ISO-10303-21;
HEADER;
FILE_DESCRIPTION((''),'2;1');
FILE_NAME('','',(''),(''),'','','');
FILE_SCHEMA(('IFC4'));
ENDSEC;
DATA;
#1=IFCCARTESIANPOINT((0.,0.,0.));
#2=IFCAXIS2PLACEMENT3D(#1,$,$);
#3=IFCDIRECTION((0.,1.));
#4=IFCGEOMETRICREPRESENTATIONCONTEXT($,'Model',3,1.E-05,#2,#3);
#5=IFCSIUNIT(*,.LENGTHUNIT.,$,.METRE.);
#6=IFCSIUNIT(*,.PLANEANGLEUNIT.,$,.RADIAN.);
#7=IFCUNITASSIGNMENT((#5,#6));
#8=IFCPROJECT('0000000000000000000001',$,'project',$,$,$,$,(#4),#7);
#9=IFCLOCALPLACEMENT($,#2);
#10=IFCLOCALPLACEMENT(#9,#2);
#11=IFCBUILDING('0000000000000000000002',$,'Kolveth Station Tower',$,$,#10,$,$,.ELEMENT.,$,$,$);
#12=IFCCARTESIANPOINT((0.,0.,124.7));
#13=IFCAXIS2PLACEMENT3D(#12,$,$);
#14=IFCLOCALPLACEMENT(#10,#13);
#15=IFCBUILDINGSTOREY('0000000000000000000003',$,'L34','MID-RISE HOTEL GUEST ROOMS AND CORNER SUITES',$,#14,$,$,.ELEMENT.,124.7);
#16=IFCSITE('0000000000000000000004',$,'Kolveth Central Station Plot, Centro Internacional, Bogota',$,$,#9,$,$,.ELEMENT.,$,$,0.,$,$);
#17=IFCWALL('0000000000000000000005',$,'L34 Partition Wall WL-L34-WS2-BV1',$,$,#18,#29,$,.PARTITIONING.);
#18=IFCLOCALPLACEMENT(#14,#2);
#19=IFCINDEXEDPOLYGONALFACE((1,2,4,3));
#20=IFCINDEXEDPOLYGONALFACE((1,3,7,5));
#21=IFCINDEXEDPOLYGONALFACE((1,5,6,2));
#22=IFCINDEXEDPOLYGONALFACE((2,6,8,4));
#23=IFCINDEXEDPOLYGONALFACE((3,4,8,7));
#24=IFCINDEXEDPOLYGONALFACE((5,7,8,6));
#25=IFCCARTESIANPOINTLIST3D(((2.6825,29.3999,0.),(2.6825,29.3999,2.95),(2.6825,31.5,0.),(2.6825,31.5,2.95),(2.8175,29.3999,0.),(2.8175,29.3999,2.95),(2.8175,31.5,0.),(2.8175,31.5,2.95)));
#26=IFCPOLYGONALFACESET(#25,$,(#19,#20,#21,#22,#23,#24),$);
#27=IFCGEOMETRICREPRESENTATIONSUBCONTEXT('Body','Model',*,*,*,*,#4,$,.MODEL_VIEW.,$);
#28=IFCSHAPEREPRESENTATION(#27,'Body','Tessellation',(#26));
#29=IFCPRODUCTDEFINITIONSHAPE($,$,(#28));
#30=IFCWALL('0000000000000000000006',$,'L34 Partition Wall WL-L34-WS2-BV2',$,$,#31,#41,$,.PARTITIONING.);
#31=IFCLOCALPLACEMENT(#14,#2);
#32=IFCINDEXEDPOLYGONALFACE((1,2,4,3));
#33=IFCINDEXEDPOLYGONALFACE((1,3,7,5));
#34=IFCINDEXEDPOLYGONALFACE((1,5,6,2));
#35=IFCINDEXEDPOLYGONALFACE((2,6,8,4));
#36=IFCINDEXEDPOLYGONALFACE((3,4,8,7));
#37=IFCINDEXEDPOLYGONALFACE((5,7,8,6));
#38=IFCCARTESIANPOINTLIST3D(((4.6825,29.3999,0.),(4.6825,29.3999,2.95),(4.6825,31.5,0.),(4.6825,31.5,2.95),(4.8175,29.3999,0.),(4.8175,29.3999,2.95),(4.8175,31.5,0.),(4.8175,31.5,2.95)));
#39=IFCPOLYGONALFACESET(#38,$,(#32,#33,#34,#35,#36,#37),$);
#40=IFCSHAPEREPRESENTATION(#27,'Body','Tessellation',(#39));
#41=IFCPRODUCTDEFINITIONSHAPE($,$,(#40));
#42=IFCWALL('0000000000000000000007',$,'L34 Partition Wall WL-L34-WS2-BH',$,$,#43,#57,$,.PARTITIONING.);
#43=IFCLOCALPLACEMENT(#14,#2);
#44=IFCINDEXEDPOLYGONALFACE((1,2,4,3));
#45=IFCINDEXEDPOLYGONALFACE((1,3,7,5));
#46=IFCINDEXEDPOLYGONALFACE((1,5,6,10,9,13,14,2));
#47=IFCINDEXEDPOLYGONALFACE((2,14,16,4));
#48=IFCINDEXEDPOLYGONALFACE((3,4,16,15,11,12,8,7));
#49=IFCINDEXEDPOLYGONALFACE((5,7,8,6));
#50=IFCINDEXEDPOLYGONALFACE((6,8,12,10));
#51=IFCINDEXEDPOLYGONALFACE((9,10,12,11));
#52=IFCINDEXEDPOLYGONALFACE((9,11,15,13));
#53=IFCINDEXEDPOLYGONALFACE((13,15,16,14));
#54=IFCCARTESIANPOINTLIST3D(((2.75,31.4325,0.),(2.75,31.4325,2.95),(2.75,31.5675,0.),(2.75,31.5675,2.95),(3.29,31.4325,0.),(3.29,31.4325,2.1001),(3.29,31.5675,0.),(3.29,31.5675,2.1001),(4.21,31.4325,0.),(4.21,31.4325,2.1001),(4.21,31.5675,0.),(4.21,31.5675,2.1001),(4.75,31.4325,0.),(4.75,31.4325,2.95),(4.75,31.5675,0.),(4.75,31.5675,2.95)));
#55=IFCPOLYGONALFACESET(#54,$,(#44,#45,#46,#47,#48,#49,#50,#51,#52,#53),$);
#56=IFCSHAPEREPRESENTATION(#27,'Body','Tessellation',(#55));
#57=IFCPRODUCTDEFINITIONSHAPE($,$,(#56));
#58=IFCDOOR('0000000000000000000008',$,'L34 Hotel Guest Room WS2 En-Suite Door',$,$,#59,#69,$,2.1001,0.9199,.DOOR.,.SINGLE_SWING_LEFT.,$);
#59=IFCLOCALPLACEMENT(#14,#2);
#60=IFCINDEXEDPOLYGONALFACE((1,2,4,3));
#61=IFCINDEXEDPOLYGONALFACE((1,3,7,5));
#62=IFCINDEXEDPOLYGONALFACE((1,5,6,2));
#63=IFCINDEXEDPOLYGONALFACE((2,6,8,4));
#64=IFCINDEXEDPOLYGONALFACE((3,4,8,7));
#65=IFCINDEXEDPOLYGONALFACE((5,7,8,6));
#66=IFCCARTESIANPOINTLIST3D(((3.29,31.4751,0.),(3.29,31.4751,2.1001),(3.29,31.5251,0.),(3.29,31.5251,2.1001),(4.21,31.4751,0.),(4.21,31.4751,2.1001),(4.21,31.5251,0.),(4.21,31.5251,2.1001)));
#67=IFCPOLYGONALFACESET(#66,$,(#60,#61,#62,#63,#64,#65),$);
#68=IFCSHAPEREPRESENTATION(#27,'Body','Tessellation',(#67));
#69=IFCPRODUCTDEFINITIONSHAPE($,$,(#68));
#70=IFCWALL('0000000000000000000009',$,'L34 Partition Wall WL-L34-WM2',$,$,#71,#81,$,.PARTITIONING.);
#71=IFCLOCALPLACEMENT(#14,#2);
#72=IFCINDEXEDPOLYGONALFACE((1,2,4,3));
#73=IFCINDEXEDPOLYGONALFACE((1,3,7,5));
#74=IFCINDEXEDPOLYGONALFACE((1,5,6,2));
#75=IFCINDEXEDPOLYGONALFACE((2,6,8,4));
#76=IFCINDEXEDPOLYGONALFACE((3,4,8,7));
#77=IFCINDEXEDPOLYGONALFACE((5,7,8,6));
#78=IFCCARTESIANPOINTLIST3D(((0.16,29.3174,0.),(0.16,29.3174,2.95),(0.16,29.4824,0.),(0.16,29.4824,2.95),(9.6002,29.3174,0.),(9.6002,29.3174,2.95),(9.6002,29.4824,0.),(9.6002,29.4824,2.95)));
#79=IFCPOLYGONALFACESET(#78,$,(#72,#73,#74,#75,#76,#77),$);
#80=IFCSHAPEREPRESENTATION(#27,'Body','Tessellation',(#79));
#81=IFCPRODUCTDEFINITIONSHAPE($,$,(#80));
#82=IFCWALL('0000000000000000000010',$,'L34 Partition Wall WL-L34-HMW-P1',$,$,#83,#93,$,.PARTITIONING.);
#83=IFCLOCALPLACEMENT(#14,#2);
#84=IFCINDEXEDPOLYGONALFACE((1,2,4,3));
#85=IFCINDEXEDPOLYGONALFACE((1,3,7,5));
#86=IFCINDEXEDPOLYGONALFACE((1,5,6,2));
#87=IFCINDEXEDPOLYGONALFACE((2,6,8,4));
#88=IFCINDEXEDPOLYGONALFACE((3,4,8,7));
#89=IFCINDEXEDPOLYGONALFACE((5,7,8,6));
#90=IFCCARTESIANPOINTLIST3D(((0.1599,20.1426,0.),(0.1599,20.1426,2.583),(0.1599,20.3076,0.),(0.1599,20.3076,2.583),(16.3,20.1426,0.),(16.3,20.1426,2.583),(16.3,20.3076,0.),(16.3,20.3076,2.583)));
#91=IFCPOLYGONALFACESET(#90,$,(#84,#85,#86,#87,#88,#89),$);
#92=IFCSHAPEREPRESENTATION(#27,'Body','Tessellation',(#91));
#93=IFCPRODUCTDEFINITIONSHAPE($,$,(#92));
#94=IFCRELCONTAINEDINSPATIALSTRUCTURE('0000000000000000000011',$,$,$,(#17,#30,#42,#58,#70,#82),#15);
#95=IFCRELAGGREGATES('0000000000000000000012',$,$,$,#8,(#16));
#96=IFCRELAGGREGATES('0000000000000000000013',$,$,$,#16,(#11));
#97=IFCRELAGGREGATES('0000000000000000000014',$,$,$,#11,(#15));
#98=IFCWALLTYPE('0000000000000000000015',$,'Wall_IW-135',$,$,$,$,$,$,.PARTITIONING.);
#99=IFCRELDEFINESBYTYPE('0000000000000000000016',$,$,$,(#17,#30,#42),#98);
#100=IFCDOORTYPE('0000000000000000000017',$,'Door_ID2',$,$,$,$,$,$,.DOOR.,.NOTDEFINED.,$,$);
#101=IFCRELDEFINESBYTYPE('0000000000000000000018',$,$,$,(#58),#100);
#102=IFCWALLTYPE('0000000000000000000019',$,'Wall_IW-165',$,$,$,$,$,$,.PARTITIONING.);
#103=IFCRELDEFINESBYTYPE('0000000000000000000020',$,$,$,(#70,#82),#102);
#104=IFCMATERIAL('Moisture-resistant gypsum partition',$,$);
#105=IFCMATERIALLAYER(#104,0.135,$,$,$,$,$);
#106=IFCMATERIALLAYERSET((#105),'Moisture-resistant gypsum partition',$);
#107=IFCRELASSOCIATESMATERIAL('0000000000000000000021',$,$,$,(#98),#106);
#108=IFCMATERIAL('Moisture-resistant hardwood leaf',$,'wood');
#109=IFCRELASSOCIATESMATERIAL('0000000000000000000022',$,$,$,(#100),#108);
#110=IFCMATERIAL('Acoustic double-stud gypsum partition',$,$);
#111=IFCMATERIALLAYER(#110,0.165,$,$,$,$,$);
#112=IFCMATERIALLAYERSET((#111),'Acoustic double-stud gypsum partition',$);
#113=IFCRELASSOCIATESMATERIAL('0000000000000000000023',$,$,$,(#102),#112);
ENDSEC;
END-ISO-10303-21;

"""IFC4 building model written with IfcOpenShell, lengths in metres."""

from ifc_helpers import new_model, si_unit, direction, frame, frame_2d, origin, place, context, subcontext, project, spatial, rectangle, extrude, material, layer, layer_set, type_object, element, fill, save


model = new_model("IFC4")

# Units and contexts
model_context = context("Model", 3, precision=1e-05, world=origin(), true_north=direction((0.0, 1.0)))
body_context = subcontext(model_context, "Body", "Model", "MODEL_VIEW")
ifc_project = project(units=[si_unit("LENGTHUNIT", "METRE"), si_unit("PLANEANGLEUNIT", "RADIAN")], contexts=[model_context])

# Site, building, storey
site_placement = place(None, origin())
site = spatial("IfcSite", under=ifc_project, at=site_placement, Name="Kolveth Central Station Plot, Centro Internacional, Bogota", CompositionType="ELEMENT", RefElevation=0.0)
building_placement = place(site_placement, origin())
building = spatial("IfcBuilding", under=site, at=building_placement, Name="Kolveth Station Tower", CompositionType="ELEMENT")
storey_placement = place(building_placement, frame((0.0, 0.0, 124.7)))
storey = spatial("IfcBuildingStorey", under=building, at=storey_placement, Name="L34", Description="MID-RISE HOTEL GUEST ROOMS AND CORNER SUITES", CompositionType="ELEMENT", Elevation=124.7)

# Walls
ifc_material_1 = material(Name="Moisture-resistant gypsum partition")
ifc_layer_1 = layer(ifc_material_1, 0.135)
ifc_layer_set_1 = layer_set([ifc_layer_1], Name="Moisture-resistant gypsum partition")
wall_type_1 = type_object("IfcWallType", Name="Wall_IW-135", PredefinedType="PARTITIONING", material=ifc_layer_set_1)
for number, where, z_axis, x_axis, name in (
    (1, (2.75, 29.3999, 0.0), (0.0, 0.0, 1.0), (0.0, 1.0, 0.0), "L34 Partition Wall WL-L34-WS2-BV1"),
    (2, (4.75, 29.3999, 0.0), (0.0, 0.0, 1.0), (0.0, 1.0, 0.0), "L34 Partition Wall WL-L34-WS2-BV2"),
):
    element("IfcWall", number, at=place(storey_placement, frame(where, z_axis=z_axis, x_axis=x_axis)), inside=storey, type_object=wall_type_1, Name=name, PredefinedType="PARTITIONING", context=body_context, shape_type="SweptSolid", body=[
        extrude(rectangle(XDim=2.1001, YDim=0.135, at=frame_2d((1.05, 0.0))), origin(), (0.0, 0.0, 1.0), 2.95),
    ])

# Wall, opening, door
wall_1_placement = place(storey_placement, frame((2.75, 31.5, 0.0), z_axis=(0.0, 0.0, 1.0), x_axis=(1.0, 0.0, 0.0)))
wall_1 = element("IfcWall", 3, at=wall_1_placement, inside=storey, type_object=wall_type_1, Name="L34 Partition Wall WL-L34-WS2-BH", PredefinedType="PARTITIONING", context=body_context, shape_type="SweptSolid", body=[
    extrude(rectangle(XDim=2.0, YDim=0.135, at=frame_2d((1.0, 0.0))), origin(), (0.0, 0.0, 1.0), 2.95),
])
opening_placement = place(wall_1_placement, frame((0.54, 0.0, 0.0)))
opening = element("IfcOpeningElement", 4, at=opening_placement, cuts=wall_1, PredefinedType="OPENING", context=body_context, shape_type="SweptSolid", body=[
    extrude(rectangle(XDim=0.9199, YDim=2.1001, at=frame_2d((0.46, 1.05))), frame((0.0, 0.0774, 0.0), z_axis=(0.0, -1.0, 0.0), x_axis=(1.0, 0.0, 0.0)), (0.0, 0.0, 1.0), 0.155),
])
ifc_material_2 = material(Name="Moisture-resistant hardwood leaf", Category="wood")
door_type = type_object("IfcDoorType", Name="Door_ID2", OperationType="NOTDEFINED", PredefinedType="DOOR", material=ifc_material_2)
door_placement = place(opening_placement, frame((0.9199, 0.0, 0.0), z_axis=(0.0, 0.0, 1.0), x_axis=(-1.0, 0.0, 0.0)))
door = element("IfcDoor", 5, at=door_placement, inside=storey, type_object=door_type, Name="L34 Hotel Guest Room WS2 En-Suite Door", OperationType="SINGLE_SWING_LEFT", OverallHeight=2.1001, OverallWidth=0.9199, PredefinedType="DOOR", context=body_context, shape_type="SweptSolid", body=[
    extrude(rectangle(XDim=0.9199, YDim=2.1001, at=frame_2d((0.46, 1.05))), frame((0.0, 0.0249, 0.0), z_axis=(0.0, -1.0, 0.0), x_axis=(1.0, 0.0, 0.0)), (0.0, 0.0, 1.0), 0.05),
])
fill(opening, door)

# Walls
ifc_material_3 = material(Name="Acoustic double-stud gypsum partition")
ifc_layer_2 = layer(ifc_material_3, 0.165)
ifc_layer_set_2 = layer_set([ifc_layer_2], Name="Acoustic double-stud gypsum partition")
wall_type_2 = type_object("IfcWallType", Name="Wall_IW-165", PredefinedType="PARTITIONING", material=ifc_layer_set_2)
wall_2_placement = place(storey_placement, frame((0.1599, 29.3999, 0.0), z_axis=(0.0, 0.0, 1.0), x_axis=(1.0, 0.0, 0.0)))
element("IfcWall", 6, at=wall_2_placement, inside=storey, type_object=wall_type_2, Name="L34 Partition Wall WL-L34-WM2", PredefinedType="PARTITIONING", context=body_context, shape_type="SweptSolid", body=[
    extrude(rectangle(XDim=9.4402, YDim=0.165, at=frame_2d((4.7202, 0.0))), origin(), (0.0, 0.0, 1.0), 2.95),
])
wall_3_placement = place(storey_placement, frame((0.1599, 20.2251, 0.0), z_axis=(0.0, 0.0, 1.0), x_axis=(1.0, 0.0, 0.0)))
element("IfcWall", 7, at=wall_3_placement, inside=storey, type_object=wall_type_2, Name="L34 Partition Wall WL-L34-HMW-P1", PredefinedType="PARTITIONING", context=body_context, shape_type="SweptSolid", body=[
    extrude(rectangle(XDim=16.1401, YDim=0.165, at=frame_2d((8.0701, 0.0))), origin(), (0.0, 0.0, 1.0), 2.583),
])

save(model, "model.ifc")
